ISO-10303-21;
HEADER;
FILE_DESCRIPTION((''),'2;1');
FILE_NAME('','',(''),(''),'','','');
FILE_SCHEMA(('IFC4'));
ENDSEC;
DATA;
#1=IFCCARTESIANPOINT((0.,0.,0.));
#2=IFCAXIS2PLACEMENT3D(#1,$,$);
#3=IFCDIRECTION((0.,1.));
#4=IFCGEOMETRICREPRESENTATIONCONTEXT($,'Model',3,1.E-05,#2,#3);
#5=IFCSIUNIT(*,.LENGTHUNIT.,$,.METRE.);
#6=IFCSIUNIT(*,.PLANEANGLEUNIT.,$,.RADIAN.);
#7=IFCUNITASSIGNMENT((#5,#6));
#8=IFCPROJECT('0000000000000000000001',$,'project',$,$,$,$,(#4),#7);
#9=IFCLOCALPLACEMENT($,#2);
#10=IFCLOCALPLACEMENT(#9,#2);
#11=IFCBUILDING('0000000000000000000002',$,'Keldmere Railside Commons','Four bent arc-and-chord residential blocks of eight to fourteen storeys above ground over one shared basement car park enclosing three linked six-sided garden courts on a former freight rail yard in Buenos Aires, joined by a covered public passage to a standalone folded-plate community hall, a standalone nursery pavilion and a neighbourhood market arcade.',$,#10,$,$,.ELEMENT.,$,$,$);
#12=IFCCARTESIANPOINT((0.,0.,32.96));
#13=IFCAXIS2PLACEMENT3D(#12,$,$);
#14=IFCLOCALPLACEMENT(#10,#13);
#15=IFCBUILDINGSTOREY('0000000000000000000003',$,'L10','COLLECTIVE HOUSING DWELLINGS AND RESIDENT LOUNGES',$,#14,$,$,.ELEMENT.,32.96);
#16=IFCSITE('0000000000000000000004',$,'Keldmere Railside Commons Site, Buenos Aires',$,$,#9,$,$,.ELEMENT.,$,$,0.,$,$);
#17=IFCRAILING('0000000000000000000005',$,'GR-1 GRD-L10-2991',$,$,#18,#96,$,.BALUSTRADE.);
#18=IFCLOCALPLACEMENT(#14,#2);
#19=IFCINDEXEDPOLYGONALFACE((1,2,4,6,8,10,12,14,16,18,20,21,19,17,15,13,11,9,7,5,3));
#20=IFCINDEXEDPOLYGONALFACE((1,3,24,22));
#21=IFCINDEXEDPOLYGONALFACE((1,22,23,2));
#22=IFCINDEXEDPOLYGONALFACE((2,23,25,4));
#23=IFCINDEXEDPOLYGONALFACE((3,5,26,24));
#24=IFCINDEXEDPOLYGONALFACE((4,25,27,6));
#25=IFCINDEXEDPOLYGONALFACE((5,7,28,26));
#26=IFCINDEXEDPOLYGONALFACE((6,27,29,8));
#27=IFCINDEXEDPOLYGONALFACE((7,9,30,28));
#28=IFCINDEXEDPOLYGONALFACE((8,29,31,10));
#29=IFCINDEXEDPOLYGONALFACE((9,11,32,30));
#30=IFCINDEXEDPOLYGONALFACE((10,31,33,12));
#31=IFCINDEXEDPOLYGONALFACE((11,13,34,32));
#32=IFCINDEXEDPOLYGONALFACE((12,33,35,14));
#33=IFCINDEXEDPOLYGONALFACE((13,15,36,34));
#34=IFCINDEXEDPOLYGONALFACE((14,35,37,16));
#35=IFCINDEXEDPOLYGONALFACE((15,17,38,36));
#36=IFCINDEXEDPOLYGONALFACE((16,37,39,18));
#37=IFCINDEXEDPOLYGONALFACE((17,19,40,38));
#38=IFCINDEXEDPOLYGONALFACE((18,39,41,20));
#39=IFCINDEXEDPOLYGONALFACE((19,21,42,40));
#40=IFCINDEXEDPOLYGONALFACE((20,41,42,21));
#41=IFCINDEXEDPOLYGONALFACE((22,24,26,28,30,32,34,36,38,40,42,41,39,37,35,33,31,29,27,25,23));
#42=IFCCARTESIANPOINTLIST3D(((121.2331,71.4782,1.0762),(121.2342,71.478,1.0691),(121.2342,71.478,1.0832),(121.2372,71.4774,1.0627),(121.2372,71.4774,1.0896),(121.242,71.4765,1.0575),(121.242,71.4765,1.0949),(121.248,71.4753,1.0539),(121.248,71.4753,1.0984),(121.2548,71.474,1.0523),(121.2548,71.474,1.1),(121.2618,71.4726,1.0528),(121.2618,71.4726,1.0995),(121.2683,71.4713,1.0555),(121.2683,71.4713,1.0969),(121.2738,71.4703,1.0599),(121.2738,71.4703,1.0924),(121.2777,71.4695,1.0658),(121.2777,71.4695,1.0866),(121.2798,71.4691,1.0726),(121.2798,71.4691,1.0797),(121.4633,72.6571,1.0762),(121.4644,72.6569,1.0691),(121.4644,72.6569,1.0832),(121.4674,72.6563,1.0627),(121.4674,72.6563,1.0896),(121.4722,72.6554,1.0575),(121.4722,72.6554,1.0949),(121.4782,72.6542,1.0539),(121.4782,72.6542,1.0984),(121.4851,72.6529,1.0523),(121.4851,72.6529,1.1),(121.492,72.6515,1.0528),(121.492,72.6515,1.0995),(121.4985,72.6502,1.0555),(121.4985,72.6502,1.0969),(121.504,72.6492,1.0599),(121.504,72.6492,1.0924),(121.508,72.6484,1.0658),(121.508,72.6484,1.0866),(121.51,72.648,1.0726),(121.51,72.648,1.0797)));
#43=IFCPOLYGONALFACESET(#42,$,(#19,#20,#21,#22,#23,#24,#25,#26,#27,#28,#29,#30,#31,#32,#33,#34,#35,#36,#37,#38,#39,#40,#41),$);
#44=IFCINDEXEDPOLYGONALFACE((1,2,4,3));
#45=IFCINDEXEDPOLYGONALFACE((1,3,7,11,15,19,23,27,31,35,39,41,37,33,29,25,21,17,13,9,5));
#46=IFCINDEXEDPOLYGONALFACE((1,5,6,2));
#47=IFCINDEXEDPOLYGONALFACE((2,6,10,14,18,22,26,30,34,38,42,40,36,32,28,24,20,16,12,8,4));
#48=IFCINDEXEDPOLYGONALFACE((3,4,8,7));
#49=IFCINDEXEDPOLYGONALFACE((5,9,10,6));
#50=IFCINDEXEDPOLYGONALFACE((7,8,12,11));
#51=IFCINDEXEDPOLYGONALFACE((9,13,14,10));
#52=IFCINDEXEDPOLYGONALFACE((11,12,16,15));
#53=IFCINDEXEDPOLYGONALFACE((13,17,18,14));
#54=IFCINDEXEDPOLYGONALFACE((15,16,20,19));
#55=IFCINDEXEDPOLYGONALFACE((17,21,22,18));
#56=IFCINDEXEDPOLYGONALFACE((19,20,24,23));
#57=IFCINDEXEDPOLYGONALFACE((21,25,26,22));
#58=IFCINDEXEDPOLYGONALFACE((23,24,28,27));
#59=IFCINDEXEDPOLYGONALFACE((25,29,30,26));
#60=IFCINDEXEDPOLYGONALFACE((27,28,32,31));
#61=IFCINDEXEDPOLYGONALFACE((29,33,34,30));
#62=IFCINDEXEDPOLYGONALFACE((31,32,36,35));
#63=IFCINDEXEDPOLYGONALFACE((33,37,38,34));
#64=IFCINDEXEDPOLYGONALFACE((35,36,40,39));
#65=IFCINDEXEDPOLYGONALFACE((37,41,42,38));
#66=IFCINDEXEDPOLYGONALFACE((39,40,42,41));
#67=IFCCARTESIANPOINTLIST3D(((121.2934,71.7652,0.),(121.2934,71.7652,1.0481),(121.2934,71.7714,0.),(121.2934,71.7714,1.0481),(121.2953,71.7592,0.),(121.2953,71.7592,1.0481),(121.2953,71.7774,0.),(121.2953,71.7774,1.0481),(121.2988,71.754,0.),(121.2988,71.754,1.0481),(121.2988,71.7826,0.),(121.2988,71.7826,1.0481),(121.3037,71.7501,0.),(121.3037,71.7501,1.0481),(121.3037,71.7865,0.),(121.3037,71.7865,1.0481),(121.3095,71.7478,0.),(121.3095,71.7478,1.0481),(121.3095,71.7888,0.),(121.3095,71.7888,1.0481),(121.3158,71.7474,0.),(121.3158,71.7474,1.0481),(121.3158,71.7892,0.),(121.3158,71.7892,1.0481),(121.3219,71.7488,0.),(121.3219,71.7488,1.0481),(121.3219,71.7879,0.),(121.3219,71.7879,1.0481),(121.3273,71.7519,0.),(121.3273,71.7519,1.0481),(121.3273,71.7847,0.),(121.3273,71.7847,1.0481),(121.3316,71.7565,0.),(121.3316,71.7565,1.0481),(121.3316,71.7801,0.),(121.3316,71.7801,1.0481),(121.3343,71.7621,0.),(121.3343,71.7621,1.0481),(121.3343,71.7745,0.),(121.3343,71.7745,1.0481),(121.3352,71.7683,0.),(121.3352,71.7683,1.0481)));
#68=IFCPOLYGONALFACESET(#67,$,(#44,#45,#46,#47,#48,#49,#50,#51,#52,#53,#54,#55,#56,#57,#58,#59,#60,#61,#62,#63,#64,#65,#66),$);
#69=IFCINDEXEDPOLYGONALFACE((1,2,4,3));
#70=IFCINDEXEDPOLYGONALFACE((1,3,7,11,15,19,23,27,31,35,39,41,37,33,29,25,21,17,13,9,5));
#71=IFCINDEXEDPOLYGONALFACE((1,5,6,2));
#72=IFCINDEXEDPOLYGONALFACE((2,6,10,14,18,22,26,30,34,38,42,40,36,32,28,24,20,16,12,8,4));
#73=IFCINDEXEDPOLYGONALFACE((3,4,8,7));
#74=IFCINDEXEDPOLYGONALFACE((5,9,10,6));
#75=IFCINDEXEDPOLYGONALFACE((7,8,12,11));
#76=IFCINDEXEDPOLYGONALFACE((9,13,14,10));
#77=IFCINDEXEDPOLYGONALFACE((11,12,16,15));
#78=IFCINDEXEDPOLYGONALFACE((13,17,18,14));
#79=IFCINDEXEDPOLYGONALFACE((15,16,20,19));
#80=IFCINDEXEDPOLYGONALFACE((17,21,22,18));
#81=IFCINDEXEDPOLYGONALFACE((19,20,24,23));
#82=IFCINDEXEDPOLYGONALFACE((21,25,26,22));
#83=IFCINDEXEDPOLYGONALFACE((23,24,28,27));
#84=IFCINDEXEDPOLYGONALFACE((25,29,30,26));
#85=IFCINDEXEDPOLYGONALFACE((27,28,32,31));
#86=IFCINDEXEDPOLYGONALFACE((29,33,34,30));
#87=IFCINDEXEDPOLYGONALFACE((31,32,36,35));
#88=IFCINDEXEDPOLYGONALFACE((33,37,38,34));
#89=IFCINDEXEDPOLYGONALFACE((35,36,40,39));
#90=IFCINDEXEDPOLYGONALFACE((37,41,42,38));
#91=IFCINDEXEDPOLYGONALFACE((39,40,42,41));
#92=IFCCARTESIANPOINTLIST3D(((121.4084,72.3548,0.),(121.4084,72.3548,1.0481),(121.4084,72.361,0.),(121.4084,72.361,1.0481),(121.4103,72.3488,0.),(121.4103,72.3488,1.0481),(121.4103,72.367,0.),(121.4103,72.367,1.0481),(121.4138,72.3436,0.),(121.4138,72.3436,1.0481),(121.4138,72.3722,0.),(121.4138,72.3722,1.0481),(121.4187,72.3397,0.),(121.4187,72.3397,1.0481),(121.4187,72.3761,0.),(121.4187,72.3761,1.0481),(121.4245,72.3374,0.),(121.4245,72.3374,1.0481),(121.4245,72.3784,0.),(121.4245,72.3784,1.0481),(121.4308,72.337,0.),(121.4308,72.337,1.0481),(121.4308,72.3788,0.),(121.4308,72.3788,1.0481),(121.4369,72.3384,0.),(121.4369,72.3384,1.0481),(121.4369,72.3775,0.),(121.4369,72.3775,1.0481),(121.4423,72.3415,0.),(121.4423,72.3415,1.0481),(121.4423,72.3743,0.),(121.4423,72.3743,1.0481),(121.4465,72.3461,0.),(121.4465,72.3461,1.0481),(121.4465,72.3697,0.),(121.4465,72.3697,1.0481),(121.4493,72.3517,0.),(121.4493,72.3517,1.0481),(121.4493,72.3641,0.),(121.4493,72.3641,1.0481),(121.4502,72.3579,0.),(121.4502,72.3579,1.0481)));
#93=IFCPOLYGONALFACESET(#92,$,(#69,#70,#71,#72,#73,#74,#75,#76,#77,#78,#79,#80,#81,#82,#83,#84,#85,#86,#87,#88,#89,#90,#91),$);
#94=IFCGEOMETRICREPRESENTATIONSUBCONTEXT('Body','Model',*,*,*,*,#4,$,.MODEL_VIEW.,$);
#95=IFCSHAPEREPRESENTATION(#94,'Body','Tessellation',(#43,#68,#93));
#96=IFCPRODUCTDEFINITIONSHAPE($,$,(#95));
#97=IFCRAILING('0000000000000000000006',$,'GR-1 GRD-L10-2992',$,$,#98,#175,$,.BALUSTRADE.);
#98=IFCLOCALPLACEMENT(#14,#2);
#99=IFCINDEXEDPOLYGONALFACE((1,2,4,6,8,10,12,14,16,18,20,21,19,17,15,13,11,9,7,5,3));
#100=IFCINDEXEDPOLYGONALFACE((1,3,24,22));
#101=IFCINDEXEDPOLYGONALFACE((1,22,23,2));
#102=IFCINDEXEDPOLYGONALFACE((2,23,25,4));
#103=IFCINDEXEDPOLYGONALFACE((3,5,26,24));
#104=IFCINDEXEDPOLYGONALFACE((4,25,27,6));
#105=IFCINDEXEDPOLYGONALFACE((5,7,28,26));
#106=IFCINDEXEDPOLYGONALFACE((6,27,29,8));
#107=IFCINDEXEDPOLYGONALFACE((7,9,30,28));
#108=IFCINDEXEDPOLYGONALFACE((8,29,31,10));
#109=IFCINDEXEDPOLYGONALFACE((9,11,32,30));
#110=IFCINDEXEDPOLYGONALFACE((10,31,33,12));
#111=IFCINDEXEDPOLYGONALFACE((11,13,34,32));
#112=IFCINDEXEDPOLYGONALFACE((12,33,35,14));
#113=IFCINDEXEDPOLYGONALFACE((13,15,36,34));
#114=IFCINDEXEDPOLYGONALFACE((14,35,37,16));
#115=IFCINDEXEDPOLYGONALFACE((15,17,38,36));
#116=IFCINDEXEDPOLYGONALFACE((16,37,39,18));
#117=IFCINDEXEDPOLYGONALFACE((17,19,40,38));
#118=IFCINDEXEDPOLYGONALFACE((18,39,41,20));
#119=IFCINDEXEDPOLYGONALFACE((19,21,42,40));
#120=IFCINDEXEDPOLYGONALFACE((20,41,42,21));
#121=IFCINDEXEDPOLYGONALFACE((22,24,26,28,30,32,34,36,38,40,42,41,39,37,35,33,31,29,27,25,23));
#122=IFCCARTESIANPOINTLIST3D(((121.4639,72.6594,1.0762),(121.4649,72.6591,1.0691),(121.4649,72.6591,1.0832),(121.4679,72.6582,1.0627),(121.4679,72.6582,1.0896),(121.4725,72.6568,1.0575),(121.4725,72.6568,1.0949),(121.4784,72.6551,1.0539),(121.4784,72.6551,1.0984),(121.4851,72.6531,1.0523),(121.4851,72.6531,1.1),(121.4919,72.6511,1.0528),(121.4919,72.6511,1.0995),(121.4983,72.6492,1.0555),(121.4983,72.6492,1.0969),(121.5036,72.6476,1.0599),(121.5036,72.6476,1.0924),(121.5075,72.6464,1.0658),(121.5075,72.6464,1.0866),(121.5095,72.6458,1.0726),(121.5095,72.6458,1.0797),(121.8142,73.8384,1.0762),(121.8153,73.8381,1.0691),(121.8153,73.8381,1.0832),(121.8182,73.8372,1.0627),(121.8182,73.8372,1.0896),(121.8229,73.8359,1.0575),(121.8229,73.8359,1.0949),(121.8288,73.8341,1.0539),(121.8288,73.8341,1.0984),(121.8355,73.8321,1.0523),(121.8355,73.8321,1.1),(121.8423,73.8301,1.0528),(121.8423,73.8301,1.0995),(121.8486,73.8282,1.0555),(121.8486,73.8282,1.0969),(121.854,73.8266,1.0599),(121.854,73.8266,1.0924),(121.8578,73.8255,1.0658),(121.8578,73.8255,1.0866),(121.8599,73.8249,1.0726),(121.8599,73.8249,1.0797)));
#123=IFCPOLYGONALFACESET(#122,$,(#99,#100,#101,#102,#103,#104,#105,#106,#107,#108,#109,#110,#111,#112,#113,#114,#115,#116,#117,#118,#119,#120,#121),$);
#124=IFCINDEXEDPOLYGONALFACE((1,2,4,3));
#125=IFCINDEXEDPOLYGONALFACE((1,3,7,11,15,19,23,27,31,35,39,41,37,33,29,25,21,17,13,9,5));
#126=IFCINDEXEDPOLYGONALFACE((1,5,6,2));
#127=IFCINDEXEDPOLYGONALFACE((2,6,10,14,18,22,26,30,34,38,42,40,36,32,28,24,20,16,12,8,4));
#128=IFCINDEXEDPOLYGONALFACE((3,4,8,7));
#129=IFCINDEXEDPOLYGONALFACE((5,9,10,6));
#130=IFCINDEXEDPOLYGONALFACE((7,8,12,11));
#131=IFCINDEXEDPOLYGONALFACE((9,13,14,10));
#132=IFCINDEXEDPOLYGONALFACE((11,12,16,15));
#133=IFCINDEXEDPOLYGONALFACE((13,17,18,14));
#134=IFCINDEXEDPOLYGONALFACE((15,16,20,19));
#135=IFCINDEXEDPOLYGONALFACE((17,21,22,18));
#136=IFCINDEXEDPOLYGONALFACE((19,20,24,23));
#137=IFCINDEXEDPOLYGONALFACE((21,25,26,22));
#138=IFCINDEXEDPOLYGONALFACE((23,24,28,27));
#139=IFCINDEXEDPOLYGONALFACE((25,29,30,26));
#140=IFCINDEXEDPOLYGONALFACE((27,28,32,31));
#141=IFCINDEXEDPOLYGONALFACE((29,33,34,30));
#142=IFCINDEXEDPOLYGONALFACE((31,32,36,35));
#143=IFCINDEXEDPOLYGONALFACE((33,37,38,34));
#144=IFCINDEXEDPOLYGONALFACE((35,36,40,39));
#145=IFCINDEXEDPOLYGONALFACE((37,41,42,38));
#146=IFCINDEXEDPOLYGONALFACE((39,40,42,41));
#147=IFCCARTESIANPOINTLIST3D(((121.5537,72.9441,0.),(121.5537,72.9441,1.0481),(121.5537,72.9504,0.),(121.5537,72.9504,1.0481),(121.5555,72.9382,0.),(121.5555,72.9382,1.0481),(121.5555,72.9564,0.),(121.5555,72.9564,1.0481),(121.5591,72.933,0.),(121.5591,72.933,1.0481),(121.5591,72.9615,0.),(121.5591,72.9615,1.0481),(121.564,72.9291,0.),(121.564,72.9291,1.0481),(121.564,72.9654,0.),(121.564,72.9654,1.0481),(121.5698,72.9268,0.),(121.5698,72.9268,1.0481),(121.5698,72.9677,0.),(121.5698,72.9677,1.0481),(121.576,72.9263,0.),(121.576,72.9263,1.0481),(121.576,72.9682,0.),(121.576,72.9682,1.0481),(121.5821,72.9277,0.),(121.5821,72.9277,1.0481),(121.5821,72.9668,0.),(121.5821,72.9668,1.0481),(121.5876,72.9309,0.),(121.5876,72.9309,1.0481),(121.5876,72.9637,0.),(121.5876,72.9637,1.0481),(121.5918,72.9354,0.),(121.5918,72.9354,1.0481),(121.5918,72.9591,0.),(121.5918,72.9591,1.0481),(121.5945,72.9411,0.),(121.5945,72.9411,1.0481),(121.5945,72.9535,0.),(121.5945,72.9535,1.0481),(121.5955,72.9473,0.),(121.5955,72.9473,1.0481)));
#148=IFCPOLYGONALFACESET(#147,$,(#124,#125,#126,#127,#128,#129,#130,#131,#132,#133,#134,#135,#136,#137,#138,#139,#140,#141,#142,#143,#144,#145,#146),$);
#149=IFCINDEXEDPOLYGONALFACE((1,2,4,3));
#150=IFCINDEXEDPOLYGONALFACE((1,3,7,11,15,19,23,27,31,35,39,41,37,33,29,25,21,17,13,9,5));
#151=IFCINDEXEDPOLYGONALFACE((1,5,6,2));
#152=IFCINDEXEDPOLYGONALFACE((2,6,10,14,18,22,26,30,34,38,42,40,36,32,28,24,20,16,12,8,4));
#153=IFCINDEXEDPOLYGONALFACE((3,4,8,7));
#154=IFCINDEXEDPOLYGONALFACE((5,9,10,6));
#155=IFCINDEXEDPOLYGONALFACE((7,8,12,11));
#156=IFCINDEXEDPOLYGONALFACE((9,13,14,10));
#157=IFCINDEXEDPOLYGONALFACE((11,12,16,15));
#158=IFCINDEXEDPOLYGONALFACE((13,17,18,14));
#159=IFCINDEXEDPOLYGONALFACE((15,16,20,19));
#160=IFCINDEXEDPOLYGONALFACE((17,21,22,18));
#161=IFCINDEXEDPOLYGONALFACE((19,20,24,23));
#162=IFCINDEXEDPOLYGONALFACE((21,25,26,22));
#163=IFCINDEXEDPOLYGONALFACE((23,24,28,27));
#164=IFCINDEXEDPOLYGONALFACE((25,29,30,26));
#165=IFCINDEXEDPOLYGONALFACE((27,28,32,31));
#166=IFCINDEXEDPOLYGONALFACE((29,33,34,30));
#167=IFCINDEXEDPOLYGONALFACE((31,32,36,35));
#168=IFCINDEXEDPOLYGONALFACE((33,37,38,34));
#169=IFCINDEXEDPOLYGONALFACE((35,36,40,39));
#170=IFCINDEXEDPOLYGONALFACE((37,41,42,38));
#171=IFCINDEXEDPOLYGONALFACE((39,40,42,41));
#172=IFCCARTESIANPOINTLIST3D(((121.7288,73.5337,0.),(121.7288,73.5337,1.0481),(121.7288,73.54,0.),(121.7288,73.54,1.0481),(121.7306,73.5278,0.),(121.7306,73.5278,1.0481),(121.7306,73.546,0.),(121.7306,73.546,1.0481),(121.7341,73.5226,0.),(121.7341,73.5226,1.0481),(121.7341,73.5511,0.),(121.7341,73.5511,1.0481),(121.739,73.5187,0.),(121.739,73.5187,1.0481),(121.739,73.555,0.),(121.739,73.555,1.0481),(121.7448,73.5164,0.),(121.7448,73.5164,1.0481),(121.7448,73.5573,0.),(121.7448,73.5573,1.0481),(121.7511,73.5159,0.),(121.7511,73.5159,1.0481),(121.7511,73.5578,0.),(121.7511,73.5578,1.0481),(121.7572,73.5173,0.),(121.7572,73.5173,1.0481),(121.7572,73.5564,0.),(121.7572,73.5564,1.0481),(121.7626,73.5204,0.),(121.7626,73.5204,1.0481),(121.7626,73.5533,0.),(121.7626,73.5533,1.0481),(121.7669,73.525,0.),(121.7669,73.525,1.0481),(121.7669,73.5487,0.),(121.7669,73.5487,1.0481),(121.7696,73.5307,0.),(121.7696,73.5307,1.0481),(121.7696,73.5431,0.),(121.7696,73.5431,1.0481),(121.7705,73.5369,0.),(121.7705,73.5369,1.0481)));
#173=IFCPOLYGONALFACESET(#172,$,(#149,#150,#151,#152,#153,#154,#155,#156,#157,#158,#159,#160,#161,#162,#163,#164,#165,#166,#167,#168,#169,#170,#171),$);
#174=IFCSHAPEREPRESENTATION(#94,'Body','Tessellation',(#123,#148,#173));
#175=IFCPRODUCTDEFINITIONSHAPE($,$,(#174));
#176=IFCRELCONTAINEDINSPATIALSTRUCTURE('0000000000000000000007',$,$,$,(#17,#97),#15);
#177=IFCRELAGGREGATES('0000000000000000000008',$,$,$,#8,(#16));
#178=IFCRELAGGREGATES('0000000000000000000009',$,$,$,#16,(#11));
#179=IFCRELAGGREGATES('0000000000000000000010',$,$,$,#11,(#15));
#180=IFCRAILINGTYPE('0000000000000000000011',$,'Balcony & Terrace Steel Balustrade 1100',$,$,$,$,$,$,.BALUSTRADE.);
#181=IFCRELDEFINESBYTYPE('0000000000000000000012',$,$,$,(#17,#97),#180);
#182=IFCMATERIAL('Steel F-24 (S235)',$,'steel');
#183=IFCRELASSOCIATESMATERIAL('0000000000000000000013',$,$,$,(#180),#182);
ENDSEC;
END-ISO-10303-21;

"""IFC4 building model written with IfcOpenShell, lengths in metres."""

from ifc_helpers import new_model, si_unit, direction, frame, origin, origin_2d, place, context, subcontext, project, spatial, circle, extrude, material, type_object, element, save


model = new_model("IFC4")

# Units and contexts
model_context = context("Model", 3, precision=1e-05, world=origin(), true_north=direction((0.0, 1.0)))
body_context = subcontext(model_context, "Body", "Model", "MODEL_VIEW")
ifc_project = project(units=[si_unit("LENGTHUNIT", "METRE"), si_unit("PLANEANGLEUNIT", "RADIAN")], contexts=[model_context])

# Site, building, storey
site_placement = place(None, origin())
site = spatial("IfcSite", under=ifc_project, at=site_placement, Name="Keldmere Railside Commons Site, Buenos Aires", CompositionType="ELEMENT", RefElevation=0.0)
building_placement = place(site_placement, origin())
building = spatial("IfcBuilding", under=site, at=building_placement, Name="Keldmere Railside Commons", Description="Four bent arc-and-chord residential blocks of eight to fourteen storeys above ground over one shared basement car park enclosing three linked six-sided garden courts on a former freight rail yard in Buenos Aires, joined by a covered public passage to a standalone folded-plate community hall, a standalone nursery pavilion and a neighbourhood market arcade.", CompositionType="ELEMENT")
storey_placement = place(building_placement, frame((0.0, 0.0, 32.96)))
storey = spatial("IfcBuildingStorey", under=building, at=storey_placement, Name="L10", Description="COLLECTIVE HOUSING DWELLINGS AND RESIDENT LOUNGES", CompositionType="ELEMENT", Elevation=32.96)

# Railings
ifc_material_1 = material(Name="Steel F-24 (S235)", Category="steel")
railing_type = type_object("IfcRailingType", Name="Balcony & Terrace Steel Balustrade 1100", PredefinedType="BALUSTRADE", material=ifc_material_1)
railing_1_placement = place(storey_placement, frame((121.2566, 71.4736, 0.0)))
element("IfcRailing", 1, at=railing_1_placement, inside=storey, type_object=railing_type, Name="GR-1 GRD-L10-2991", PredefinedType="BALUSTRADE", context=body_context, shape_type="SweptSolid", body=[
    extrude(circle(Radius=0.0239, at=origin_2d()), frame((0.0, 0.0, 1.0762), z_axis=(0.191658, 0.981462, 0.0), x_axis=(-0.981462, 0.191658, 0.0)), (0.0, 0.0, 1.0), 1.2012),
    extrude(circle(Radius=0.021, at=origin_2d()), frame((0.0576, 0.2947, 0.0)), (0.0, 0.0, 1.0), 1.0481),
    extrude(circle(Radius=0.021, at=origin_2d()), frame((0.1726, 0.8843, 0.0)), (0.0, 0.0, 1.0), 1.0481),
])
railing_2_placement = place(storey_placement, frame((121.4868, 72.6526, 0.0)))
element("IfcRailing", 2, at=railing_2_placement, inside=storey, type_object=railing_type, Name="GR-1 GRD-L10-2992", PredefinedType="BALUSTRADE", context=body_context, shape_type="SweptSolid", body=[
    extrude(circle(Radius=0.0239, at=origin_2d()), frame((0.0, 0.0, 1.0762), z_axis=(0.284852, 0.958572, 0.0), x_axis=(-0.958572, 0.284852, 0.0)), (0.0, 0.0, 1.0), 1.23),
    extrude(circle(Radius=0.021, at=origin_2d()), frame((0.0876, 0.2947, 0.0)), (0.0, 0.0, 1.0), 1.0481),
    extrude(circle(Radius=0.021, at=origin_2d()), frame((0.2627, 0.8843, 0.0)), (0.0, 0.0, 1.0), 1.0481),
])

save(model, "model.ifc")
